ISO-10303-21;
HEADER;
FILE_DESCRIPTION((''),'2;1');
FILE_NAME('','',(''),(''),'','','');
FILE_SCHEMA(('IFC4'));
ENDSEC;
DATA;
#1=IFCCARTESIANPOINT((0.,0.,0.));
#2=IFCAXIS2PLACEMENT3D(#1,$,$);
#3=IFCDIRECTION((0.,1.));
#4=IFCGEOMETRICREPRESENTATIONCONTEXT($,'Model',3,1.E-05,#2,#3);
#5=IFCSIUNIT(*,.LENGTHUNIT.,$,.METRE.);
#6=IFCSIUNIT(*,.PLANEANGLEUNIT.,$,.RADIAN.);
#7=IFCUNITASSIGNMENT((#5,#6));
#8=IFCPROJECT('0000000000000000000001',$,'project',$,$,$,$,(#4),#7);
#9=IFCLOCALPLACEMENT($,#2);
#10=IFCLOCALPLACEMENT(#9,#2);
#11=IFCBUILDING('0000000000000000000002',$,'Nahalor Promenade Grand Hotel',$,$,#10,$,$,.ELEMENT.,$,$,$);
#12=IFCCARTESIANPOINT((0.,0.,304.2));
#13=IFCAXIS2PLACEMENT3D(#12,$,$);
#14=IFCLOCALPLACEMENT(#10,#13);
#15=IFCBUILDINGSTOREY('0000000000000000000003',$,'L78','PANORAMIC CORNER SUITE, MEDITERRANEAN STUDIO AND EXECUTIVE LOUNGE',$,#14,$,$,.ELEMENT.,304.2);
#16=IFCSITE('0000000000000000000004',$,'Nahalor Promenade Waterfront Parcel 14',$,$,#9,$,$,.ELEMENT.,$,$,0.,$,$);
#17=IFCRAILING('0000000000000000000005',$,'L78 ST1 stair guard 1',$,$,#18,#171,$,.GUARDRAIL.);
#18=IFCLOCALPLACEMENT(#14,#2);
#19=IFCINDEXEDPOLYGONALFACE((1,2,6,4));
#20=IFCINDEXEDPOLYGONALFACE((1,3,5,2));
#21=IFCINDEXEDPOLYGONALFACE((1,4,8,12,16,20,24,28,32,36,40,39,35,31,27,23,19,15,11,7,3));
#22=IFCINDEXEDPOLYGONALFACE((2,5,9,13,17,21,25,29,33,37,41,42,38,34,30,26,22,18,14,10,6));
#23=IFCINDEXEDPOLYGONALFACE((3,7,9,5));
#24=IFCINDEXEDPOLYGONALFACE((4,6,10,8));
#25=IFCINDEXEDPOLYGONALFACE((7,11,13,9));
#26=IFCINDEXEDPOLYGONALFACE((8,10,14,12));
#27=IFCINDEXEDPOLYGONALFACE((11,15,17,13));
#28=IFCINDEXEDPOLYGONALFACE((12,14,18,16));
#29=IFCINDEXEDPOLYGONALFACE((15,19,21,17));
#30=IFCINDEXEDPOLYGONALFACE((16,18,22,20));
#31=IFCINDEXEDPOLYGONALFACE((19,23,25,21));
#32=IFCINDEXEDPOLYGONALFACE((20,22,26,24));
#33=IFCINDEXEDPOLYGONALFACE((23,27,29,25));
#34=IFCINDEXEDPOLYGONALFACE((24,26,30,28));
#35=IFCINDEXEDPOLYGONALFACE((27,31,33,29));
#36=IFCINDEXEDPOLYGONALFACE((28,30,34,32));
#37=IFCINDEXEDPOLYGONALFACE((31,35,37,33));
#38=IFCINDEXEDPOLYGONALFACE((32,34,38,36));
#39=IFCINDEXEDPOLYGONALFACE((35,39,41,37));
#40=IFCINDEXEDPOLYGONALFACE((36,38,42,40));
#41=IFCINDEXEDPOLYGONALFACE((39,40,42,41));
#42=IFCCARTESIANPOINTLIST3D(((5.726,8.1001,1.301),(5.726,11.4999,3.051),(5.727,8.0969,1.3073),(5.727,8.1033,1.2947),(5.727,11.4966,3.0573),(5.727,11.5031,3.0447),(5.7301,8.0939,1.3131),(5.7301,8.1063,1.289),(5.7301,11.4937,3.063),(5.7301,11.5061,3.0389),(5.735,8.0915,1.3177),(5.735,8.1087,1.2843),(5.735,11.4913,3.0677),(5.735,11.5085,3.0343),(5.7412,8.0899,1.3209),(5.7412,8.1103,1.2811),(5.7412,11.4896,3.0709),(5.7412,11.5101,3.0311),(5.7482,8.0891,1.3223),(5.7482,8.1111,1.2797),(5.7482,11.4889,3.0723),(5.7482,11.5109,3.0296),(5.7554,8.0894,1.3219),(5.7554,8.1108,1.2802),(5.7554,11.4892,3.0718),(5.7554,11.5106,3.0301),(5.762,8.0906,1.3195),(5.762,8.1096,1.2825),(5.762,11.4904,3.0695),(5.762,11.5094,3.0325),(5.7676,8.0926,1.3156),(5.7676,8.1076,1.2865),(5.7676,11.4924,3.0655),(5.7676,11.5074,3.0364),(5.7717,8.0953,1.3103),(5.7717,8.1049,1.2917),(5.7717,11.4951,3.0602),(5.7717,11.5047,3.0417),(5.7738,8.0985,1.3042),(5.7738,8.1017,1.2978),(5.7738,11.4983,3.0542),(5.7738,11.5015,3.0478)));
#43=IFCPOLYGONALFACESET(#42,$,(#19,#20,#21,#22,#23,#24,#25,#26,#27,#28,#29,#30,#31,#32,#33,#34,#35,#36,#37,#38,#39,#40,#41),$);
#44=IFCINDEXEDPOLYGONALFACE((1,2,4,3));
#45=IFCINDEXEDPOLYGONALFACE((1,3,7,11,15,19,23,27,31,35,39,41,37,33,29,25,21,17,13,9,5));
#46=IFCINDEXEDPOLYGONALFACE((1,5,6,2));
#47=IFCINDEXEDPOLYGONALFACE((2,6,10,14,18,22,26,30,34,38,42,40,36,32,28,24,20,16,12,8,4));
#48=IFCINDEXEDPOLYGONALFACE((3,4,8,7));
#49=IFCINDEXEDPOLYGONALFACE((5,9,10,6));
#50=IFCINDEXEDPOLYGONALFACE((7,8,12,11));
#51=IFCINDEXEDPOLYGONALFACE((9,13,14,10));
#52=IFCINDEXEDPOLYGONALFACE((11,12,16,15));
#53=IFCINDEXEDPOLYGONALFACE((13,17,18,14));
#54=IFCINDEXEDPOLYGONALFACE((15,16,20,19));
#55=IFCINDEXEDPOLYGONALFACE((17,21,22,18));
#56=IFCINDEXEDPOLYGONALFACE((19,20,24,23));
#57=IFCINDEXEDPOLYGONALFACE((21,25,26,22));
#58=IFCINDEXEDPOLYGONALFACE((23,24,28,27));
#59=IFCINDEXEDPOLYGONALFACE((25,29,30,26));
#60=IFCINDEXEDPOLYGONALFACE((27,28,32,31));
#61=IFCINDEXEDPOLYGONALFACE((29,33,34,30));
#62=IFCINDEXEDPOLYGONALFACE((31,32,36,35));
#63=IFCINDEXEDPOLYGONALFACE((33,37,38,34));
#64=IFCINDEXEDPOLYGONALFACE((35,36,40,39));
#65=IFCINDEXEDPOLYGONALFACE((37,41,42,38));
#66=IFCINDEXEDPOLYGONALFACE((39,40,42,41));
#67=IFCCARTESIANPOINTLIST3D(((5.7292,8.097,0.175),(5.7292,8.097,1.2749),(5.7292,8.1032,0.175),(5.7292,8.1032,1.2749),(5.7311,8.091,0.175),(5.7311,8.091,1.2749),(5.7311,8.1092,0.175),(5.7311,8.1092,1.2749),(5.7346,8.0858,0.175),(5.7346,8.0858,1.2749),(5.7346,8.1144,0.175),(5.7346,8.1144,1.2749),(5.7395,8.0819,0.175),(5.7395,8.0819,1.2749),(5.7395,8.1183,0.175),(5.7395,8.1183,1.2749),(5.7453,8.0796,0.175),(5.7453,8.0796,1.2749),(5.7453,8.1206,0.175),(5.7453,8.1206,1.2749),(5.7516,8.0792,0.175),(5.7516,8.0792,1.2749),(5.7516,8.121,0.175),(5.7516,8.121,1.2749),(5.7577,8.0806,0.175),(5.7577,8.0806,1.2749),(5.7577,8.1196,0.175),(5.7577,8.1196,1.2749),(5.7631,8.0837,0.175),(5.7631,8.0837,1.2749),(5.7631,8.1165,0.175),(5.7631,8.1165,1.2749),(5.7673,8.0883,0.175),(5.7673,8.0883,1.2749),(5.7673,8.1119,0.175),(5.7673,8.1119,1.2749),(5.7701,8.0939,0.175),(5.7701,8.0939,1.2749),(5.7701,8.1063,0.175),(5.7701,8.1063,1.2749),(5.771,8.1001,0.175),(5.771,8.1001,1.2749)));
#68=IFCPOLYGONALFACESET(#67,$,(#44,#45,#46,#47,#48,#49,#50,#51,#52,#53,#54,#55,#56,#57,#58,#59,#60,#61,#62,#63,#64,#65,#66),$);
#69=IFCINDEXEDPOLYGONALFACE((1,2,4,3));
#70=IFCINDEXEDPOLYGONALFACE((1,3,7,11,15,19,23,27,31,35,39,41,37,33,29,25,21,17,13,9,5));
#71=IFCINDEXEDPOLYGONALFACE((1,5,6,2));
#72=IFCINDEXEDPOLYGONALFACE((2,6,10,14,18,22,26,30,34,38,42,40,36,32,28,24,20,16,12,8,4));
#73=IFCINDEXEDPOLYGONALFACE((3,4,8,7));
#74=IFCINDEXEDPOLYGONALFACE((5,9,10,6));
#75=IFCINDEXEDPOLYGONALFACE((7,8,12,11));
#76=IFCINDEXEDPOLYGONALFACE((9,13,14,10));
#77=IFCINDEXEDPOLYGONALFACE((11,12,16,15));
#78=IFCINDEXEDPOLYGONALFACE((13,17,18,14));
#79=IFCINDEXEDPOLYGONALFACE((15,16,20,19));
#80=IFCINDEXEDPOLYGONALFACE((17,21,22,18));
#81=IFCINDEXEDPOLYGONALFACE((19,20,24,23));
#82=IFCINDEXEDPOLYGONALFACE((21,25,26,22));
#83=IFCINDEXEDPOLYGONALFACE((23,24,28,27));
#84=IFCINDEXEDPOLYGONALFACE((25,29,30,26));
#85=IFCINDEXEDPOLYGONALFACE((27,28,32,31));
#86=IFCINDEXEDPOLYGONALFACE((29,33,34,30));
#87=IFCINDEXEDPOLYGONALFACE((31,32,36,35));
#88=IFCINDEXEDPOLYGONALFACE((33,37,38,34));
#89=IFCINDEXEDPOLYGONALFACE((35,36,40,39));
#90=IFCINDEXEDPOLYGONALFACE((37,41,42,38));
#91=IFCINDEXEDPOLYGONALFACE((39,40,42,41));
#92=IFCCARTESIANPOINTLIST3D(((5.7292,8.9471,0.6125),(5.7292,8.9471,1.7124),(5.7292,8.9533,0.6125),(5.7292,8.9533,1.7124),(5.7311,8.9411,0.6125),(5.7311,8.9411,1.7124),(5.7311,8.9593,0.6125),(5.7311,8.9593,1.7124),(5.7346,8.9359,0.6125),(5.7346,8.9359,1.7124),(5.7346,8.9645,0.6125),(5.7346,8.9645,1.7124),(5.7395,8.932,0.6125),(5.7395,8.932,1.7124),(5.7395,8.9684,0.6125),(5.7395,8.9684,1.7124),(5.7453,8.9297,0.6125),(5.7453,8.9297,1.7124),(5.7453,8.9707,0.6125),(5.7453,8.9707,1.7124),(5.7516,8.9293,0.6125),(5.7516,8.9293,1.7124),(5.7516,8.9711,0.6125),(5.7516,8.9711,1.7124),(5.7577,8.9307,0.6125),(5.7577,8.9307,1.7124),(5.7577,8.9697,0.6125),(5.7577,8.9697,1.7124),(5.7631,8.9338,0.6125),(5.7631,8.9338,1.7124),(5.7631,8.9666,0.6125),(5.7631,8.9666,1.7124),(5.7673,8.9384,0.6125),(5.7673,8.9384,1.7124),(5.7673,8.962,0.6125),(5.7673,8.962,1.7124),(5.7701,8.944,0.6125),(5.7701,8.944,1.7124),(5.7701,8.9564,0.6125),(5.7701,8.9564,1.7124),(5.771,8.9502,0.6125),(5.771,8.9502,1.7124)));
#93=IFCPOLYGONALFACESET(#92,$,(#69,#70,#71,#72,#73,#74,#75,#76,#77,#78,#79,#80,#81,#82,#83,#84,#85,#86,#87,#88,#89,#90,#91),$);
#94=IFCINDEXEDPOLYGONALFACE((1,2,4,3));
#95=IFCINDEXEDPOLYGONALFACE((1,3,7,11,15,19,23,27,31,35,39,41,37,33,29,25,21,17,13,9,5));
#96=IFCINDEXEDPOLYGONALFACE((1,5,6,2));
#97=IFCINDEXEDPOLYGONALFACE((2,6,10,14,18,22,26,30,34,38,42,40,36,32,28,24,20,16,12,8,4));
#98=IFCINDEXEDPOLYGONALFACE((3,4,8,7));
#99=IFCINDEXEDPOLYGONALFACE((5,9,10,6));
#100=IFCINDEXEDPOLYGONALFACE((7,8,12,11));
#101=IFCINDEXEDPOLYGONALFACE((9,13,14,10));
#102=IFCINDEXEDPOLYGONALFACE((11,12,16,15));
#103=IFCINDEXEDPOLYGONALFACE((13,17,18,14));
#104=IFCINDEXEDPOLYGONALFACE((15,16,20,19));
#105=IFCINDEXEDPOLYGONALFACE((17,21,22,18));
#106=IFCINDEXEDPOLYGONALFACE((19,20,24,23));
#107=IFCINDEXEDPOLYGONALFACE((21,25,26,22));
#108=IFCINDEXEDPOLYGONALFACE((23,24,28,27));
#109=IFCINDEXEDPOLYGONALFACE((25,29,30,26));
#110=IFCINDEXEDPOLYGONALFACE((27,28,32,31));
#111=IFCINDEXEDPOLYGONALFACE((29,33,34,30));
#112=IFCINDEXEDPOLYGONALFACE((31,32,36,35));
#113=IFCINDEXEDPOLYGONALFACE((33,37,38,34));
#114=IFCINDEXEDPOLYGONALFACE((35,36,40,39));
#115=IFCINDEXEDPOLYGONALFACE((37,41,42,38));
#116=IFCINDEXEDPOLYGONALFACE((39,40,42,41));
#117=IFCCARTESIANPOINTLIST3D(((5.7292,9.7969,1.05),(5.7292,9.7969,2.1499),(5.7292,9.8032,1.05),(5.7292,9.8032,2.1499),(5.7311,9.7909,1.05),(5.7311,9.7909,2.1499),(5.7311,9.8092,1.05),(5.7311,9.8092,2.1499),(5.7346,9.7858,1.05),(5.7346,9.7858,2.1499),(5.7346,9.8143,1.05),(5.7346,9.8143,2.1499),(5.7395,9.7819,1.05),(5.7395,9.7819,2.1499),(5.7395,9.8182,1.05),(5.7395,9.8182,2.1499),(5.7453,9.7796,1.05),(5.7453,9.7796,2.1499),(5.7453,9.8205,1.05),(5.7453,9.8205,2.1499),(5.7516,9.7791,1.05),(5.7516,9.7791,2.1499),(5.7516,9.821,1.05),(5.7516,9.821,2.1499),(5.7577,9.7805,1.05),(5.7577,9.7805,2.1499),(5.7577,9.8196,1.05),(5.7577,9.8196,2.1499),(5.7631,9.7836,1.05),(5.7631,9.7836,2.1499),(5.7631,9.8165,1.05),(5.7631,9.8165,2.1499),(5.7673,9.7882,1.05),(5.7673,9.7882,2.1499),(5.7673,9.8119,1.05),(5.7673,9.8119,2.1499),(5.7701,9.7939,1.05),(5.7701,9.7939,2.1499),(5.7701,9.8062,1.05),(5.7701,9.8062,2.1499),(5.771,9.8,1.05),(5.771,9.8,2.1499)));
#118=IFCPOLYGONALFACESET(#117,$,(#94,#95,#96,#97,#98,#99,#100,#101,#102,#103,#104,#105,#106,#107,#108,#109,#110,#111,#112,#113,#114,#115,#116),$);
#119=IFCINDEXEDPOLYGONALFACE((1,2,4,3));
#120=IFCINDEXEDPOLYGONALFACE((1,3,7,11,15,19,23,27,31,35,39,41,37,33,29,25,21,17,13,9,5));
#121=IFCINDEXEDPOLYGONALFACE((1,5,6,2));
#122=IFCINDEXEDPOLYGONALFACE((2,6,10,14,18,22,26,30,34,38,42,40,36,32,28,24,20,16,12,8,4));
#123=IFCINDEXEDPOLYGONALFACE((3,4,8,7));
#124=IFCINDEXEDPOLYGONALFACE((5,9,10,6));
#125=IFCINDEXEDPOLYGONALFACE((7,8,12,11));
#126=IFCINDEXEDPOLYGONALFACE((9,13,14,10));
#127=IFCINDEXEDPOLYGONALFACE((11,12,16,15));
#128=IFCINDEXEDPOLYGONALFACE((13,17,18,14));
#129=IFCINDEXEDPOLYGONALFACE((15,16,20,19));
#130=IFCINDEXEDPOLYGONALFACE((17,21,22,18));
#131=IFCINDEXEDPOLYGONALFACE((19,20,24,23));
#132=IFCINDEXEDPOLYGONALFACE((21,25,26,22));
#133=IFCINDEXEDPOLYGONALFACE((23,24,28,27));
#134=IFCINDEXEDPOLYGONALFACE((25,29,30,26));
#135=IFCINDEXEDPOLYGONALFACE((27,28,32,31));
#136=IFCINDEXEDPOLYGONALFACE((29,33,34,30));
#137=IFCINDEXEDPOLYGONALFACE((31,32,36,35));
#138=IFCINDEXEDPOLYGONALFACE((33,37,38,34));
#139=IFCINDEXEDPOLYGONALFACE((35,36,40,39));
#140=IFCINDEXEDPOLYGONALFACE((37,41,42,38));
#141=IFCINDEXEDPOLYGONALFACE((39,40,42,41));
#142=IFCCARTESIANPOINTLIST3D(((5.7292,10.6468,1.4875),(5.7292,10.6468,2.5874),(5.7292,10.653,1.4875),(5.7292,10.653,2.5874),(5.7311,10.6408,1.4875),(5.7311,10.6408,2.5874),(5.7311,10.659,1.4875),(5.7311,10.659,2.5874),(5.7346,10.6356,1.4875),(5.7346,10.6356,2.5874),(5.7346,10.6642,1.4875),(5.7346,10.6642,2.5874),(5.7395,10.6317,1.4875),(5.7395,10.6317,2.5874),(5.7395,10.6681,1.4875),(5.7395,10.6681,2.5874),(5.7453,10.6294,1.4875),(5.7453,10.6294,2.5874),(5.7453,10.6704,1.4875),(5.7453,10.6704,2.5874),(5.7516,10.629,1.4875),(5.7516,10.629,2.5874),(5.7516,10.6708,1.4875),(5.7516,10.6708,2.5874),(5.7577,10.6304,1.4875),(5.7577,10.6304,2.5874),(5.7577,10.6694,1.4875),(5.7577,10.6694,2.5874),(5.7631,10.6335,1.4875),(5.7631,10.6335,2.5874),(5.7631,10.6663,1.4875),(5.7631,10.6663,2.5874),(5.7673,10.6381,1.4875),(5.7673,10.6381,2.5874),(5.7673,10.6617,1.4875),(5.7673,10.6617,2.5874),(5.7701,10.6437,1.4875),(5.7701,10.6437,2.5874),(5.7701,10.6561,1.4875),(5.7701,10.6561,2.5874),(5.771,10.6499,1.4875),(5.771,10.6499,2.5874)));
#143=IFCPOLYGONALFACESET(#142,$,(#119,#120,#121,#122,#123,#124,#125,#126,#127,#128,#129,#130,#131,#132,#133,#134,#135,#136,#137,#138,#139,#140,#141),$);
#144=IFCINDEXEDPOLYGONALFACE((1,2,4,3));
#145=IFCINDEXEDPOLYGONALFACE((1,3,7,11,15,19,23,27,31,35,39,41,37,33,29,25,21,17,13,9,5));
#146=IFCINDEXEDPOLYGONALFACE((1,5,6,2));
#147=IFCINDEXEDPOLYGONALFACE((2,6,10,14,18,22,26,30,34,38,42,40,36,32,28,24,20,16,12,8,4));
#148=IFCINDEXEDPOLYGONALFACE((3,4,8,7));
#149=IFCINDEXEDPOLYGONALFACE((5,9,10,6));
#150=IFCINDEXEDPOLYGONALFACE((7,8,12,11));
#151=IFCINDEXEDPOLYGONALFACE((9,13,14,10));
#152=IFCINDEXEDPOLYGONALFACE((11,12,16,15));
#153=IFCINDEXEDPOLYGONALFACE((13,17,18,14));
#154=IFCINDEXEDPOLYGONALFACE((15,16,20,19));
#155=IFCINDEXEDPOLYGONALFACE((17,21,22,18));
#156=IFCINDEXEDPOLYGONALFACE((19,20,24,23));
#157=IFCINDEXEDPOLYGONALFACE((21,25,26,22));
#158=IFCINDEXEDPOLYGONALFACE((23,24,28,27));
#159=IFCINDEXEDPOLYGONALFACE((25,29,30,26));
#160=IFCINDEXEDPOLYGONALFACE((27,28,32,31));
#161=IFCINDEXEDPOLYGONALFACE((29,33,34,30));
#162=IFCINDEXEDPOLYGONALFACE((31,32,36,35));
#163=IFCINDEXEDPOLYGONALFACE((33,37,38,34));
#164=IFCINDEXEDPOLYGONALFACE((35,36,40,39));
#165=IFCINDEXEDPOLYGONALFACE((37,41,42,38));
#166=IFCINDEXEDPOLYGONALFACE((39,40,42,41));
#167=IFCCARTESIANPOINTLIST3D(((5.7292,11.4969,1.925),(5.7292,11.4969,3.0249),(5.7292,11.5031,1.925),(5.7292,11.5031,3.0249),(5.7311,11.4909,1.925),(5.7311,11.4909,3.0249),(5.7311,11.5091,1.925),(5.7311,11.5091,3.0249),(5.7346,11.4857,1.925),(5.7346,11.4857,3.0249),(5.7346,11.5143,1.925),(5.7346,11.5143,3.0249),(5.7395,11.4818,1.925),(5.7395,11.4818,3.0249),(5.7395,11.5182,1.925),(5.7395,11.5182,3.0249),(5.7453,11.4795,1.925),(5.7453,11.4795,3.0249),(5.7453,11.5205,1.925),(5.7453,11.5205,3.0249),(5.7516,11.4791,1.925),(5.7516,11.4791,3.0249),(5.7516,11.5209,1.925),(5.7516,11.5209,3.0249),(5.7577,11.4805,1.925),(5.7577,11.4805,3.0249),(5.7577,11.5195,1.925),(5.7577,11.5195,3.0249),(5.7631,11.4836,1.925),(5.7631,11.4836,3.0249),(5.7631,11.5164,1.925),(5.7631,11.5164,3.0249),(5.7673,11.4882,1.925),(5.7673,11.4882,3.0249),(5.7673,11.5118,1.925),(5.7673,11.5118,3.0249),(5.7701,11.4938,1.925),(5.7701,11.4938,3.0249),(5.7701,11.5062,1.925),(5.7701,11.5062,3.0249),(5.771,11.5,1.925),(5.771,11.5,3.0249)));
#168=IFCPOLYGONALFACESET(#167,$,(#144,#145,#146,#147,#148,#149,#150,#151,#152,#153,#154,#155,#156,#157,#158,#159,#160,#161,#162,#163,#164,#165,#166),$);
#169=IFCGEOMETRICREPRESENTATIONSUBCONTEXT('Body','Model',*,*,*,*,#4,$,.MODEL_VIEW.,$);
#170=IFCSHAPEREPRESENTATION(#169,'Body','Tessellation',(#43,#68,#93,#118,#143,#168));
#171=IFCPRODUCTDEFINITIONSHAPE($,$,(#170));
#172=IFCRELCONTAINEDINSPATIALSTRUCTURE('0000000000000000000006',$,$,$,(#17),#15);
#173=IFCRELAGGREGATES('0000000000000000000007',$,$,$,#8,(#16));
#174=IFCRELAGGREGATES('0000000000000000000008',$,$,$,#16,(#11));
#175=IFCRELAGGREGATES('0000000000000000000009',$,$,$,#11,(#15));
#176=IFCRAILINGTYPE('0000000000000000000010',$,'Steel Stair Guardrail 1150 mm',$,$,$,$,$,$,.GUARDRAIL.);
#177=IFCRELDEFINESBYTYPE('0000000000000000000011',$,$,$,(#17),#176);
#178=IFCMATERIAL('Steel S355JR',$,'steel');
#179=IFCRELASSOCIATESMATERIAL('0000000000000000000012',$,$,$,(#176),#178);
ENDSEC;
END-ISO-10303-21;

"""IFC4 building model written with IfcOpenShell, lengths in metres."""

from ifc_helpers import new_model, si_unit, direction, frame, origin, origin_2d, place, context, subcontext, project, spatial, circle, extrude, material, type_object, element, save


model = new_model("IFC4")

# Units and contexts
model_context = context("Model", 3, precision=1e-05, world=origin(), true_north=direction((0.0, 1.0)))
body_context = subcontext(model_context, "Body", "Model", "MODEL_VIEW")
ifc_project = project(units=[si_unit("LENGTHUNIT", "METRE"), si_unit("PLANEANGLEUNIT", "RADIAN")], contexts=[model_context])

# Site, building, storey
site_placement = place(None, origin())
site = spatial("IfcSite", under=ifc_project, at=site_placement, Name="Nahalor Promenade Waterfront Parcel 14", CompositionType="ELEMENT", RefElevation=0.0)
building_placement = place(site_placement, origin())
building = spatial("IfcBuilding", under=site, at=building_placement, Name="Nahalor Promenade Grand Hotel", CompositionType="ELEMENT")
storey_placement = place(building_placement, frame((0.0, 0.0, 304.2)))
storey = spatial("IfcBuildingStorey", under=building, at=storey_placement, Name="L78", Description="PANORAMIC CORNER SUITE, MEDITERRANEAN STUDIO AND EXECUTIVE LOUNGE", CompositionType="ELEMENT", Elevation=304.2)

# Shared definitions
ifc_material_1 = material(Name="Steel S355JR", Category="steel")

# Railing
railing_type_1 = type_object("IfcRailingType", Name="Steel Stair Guardrail 1150 mm", PredefinedType="GUARDRAIL", material=ifc_material_1)
railing_1_placement = place(storey_placement, frame((5.75, 8.1001, 0.175)))
element("IfcRailing", 1, at=railing_1_placement, inside=storey, type_object=railing_type_1, Name="L78 ST1 stair guard 1", PredefinedType="GUARDRAIL", context=body_context, shape_type="SweptSolid", body=[
    extrude(circle(Radius=0.024, at=origin_2d()), frame((0.0, 0.0, 1.126), z_axis=(0.0, 0.88913, 0.457654), x_axis=(-1.0, 0.0, 0.0)), (0.0, 0.0, 1.0), 3.8237),
    extrude(circle(Radius=0.021, at=origin_2d()), origin(), (0.0, 0.0, 1.0), 1.0999),
    extrude(circle(Radius=0.021, at=origin_2d()), frame((0.0, 0.8501, 0.4375)), (0.0, 0.0, 1.0), 1.0999),
    extrude(circle(Radius=0.021, at=origin_2d()), frame((0.0, 1.7, 0.875)), (0.0, 0.0, 1.0), 1.0999),
    extrude(circle(Radius=0.021, at=origin_2d()), frame((0.0, 2.5498, 1.3125)), (0.0, 0.0, 1.0), 1.0999),
    extrude(circle(Radius=0.021, at=origin_2d()), frame((0.0, 3.3999, 1.75)), (0.0, 0.0, 1.0), 1.0999),
])

save(model, "model.ifc")
